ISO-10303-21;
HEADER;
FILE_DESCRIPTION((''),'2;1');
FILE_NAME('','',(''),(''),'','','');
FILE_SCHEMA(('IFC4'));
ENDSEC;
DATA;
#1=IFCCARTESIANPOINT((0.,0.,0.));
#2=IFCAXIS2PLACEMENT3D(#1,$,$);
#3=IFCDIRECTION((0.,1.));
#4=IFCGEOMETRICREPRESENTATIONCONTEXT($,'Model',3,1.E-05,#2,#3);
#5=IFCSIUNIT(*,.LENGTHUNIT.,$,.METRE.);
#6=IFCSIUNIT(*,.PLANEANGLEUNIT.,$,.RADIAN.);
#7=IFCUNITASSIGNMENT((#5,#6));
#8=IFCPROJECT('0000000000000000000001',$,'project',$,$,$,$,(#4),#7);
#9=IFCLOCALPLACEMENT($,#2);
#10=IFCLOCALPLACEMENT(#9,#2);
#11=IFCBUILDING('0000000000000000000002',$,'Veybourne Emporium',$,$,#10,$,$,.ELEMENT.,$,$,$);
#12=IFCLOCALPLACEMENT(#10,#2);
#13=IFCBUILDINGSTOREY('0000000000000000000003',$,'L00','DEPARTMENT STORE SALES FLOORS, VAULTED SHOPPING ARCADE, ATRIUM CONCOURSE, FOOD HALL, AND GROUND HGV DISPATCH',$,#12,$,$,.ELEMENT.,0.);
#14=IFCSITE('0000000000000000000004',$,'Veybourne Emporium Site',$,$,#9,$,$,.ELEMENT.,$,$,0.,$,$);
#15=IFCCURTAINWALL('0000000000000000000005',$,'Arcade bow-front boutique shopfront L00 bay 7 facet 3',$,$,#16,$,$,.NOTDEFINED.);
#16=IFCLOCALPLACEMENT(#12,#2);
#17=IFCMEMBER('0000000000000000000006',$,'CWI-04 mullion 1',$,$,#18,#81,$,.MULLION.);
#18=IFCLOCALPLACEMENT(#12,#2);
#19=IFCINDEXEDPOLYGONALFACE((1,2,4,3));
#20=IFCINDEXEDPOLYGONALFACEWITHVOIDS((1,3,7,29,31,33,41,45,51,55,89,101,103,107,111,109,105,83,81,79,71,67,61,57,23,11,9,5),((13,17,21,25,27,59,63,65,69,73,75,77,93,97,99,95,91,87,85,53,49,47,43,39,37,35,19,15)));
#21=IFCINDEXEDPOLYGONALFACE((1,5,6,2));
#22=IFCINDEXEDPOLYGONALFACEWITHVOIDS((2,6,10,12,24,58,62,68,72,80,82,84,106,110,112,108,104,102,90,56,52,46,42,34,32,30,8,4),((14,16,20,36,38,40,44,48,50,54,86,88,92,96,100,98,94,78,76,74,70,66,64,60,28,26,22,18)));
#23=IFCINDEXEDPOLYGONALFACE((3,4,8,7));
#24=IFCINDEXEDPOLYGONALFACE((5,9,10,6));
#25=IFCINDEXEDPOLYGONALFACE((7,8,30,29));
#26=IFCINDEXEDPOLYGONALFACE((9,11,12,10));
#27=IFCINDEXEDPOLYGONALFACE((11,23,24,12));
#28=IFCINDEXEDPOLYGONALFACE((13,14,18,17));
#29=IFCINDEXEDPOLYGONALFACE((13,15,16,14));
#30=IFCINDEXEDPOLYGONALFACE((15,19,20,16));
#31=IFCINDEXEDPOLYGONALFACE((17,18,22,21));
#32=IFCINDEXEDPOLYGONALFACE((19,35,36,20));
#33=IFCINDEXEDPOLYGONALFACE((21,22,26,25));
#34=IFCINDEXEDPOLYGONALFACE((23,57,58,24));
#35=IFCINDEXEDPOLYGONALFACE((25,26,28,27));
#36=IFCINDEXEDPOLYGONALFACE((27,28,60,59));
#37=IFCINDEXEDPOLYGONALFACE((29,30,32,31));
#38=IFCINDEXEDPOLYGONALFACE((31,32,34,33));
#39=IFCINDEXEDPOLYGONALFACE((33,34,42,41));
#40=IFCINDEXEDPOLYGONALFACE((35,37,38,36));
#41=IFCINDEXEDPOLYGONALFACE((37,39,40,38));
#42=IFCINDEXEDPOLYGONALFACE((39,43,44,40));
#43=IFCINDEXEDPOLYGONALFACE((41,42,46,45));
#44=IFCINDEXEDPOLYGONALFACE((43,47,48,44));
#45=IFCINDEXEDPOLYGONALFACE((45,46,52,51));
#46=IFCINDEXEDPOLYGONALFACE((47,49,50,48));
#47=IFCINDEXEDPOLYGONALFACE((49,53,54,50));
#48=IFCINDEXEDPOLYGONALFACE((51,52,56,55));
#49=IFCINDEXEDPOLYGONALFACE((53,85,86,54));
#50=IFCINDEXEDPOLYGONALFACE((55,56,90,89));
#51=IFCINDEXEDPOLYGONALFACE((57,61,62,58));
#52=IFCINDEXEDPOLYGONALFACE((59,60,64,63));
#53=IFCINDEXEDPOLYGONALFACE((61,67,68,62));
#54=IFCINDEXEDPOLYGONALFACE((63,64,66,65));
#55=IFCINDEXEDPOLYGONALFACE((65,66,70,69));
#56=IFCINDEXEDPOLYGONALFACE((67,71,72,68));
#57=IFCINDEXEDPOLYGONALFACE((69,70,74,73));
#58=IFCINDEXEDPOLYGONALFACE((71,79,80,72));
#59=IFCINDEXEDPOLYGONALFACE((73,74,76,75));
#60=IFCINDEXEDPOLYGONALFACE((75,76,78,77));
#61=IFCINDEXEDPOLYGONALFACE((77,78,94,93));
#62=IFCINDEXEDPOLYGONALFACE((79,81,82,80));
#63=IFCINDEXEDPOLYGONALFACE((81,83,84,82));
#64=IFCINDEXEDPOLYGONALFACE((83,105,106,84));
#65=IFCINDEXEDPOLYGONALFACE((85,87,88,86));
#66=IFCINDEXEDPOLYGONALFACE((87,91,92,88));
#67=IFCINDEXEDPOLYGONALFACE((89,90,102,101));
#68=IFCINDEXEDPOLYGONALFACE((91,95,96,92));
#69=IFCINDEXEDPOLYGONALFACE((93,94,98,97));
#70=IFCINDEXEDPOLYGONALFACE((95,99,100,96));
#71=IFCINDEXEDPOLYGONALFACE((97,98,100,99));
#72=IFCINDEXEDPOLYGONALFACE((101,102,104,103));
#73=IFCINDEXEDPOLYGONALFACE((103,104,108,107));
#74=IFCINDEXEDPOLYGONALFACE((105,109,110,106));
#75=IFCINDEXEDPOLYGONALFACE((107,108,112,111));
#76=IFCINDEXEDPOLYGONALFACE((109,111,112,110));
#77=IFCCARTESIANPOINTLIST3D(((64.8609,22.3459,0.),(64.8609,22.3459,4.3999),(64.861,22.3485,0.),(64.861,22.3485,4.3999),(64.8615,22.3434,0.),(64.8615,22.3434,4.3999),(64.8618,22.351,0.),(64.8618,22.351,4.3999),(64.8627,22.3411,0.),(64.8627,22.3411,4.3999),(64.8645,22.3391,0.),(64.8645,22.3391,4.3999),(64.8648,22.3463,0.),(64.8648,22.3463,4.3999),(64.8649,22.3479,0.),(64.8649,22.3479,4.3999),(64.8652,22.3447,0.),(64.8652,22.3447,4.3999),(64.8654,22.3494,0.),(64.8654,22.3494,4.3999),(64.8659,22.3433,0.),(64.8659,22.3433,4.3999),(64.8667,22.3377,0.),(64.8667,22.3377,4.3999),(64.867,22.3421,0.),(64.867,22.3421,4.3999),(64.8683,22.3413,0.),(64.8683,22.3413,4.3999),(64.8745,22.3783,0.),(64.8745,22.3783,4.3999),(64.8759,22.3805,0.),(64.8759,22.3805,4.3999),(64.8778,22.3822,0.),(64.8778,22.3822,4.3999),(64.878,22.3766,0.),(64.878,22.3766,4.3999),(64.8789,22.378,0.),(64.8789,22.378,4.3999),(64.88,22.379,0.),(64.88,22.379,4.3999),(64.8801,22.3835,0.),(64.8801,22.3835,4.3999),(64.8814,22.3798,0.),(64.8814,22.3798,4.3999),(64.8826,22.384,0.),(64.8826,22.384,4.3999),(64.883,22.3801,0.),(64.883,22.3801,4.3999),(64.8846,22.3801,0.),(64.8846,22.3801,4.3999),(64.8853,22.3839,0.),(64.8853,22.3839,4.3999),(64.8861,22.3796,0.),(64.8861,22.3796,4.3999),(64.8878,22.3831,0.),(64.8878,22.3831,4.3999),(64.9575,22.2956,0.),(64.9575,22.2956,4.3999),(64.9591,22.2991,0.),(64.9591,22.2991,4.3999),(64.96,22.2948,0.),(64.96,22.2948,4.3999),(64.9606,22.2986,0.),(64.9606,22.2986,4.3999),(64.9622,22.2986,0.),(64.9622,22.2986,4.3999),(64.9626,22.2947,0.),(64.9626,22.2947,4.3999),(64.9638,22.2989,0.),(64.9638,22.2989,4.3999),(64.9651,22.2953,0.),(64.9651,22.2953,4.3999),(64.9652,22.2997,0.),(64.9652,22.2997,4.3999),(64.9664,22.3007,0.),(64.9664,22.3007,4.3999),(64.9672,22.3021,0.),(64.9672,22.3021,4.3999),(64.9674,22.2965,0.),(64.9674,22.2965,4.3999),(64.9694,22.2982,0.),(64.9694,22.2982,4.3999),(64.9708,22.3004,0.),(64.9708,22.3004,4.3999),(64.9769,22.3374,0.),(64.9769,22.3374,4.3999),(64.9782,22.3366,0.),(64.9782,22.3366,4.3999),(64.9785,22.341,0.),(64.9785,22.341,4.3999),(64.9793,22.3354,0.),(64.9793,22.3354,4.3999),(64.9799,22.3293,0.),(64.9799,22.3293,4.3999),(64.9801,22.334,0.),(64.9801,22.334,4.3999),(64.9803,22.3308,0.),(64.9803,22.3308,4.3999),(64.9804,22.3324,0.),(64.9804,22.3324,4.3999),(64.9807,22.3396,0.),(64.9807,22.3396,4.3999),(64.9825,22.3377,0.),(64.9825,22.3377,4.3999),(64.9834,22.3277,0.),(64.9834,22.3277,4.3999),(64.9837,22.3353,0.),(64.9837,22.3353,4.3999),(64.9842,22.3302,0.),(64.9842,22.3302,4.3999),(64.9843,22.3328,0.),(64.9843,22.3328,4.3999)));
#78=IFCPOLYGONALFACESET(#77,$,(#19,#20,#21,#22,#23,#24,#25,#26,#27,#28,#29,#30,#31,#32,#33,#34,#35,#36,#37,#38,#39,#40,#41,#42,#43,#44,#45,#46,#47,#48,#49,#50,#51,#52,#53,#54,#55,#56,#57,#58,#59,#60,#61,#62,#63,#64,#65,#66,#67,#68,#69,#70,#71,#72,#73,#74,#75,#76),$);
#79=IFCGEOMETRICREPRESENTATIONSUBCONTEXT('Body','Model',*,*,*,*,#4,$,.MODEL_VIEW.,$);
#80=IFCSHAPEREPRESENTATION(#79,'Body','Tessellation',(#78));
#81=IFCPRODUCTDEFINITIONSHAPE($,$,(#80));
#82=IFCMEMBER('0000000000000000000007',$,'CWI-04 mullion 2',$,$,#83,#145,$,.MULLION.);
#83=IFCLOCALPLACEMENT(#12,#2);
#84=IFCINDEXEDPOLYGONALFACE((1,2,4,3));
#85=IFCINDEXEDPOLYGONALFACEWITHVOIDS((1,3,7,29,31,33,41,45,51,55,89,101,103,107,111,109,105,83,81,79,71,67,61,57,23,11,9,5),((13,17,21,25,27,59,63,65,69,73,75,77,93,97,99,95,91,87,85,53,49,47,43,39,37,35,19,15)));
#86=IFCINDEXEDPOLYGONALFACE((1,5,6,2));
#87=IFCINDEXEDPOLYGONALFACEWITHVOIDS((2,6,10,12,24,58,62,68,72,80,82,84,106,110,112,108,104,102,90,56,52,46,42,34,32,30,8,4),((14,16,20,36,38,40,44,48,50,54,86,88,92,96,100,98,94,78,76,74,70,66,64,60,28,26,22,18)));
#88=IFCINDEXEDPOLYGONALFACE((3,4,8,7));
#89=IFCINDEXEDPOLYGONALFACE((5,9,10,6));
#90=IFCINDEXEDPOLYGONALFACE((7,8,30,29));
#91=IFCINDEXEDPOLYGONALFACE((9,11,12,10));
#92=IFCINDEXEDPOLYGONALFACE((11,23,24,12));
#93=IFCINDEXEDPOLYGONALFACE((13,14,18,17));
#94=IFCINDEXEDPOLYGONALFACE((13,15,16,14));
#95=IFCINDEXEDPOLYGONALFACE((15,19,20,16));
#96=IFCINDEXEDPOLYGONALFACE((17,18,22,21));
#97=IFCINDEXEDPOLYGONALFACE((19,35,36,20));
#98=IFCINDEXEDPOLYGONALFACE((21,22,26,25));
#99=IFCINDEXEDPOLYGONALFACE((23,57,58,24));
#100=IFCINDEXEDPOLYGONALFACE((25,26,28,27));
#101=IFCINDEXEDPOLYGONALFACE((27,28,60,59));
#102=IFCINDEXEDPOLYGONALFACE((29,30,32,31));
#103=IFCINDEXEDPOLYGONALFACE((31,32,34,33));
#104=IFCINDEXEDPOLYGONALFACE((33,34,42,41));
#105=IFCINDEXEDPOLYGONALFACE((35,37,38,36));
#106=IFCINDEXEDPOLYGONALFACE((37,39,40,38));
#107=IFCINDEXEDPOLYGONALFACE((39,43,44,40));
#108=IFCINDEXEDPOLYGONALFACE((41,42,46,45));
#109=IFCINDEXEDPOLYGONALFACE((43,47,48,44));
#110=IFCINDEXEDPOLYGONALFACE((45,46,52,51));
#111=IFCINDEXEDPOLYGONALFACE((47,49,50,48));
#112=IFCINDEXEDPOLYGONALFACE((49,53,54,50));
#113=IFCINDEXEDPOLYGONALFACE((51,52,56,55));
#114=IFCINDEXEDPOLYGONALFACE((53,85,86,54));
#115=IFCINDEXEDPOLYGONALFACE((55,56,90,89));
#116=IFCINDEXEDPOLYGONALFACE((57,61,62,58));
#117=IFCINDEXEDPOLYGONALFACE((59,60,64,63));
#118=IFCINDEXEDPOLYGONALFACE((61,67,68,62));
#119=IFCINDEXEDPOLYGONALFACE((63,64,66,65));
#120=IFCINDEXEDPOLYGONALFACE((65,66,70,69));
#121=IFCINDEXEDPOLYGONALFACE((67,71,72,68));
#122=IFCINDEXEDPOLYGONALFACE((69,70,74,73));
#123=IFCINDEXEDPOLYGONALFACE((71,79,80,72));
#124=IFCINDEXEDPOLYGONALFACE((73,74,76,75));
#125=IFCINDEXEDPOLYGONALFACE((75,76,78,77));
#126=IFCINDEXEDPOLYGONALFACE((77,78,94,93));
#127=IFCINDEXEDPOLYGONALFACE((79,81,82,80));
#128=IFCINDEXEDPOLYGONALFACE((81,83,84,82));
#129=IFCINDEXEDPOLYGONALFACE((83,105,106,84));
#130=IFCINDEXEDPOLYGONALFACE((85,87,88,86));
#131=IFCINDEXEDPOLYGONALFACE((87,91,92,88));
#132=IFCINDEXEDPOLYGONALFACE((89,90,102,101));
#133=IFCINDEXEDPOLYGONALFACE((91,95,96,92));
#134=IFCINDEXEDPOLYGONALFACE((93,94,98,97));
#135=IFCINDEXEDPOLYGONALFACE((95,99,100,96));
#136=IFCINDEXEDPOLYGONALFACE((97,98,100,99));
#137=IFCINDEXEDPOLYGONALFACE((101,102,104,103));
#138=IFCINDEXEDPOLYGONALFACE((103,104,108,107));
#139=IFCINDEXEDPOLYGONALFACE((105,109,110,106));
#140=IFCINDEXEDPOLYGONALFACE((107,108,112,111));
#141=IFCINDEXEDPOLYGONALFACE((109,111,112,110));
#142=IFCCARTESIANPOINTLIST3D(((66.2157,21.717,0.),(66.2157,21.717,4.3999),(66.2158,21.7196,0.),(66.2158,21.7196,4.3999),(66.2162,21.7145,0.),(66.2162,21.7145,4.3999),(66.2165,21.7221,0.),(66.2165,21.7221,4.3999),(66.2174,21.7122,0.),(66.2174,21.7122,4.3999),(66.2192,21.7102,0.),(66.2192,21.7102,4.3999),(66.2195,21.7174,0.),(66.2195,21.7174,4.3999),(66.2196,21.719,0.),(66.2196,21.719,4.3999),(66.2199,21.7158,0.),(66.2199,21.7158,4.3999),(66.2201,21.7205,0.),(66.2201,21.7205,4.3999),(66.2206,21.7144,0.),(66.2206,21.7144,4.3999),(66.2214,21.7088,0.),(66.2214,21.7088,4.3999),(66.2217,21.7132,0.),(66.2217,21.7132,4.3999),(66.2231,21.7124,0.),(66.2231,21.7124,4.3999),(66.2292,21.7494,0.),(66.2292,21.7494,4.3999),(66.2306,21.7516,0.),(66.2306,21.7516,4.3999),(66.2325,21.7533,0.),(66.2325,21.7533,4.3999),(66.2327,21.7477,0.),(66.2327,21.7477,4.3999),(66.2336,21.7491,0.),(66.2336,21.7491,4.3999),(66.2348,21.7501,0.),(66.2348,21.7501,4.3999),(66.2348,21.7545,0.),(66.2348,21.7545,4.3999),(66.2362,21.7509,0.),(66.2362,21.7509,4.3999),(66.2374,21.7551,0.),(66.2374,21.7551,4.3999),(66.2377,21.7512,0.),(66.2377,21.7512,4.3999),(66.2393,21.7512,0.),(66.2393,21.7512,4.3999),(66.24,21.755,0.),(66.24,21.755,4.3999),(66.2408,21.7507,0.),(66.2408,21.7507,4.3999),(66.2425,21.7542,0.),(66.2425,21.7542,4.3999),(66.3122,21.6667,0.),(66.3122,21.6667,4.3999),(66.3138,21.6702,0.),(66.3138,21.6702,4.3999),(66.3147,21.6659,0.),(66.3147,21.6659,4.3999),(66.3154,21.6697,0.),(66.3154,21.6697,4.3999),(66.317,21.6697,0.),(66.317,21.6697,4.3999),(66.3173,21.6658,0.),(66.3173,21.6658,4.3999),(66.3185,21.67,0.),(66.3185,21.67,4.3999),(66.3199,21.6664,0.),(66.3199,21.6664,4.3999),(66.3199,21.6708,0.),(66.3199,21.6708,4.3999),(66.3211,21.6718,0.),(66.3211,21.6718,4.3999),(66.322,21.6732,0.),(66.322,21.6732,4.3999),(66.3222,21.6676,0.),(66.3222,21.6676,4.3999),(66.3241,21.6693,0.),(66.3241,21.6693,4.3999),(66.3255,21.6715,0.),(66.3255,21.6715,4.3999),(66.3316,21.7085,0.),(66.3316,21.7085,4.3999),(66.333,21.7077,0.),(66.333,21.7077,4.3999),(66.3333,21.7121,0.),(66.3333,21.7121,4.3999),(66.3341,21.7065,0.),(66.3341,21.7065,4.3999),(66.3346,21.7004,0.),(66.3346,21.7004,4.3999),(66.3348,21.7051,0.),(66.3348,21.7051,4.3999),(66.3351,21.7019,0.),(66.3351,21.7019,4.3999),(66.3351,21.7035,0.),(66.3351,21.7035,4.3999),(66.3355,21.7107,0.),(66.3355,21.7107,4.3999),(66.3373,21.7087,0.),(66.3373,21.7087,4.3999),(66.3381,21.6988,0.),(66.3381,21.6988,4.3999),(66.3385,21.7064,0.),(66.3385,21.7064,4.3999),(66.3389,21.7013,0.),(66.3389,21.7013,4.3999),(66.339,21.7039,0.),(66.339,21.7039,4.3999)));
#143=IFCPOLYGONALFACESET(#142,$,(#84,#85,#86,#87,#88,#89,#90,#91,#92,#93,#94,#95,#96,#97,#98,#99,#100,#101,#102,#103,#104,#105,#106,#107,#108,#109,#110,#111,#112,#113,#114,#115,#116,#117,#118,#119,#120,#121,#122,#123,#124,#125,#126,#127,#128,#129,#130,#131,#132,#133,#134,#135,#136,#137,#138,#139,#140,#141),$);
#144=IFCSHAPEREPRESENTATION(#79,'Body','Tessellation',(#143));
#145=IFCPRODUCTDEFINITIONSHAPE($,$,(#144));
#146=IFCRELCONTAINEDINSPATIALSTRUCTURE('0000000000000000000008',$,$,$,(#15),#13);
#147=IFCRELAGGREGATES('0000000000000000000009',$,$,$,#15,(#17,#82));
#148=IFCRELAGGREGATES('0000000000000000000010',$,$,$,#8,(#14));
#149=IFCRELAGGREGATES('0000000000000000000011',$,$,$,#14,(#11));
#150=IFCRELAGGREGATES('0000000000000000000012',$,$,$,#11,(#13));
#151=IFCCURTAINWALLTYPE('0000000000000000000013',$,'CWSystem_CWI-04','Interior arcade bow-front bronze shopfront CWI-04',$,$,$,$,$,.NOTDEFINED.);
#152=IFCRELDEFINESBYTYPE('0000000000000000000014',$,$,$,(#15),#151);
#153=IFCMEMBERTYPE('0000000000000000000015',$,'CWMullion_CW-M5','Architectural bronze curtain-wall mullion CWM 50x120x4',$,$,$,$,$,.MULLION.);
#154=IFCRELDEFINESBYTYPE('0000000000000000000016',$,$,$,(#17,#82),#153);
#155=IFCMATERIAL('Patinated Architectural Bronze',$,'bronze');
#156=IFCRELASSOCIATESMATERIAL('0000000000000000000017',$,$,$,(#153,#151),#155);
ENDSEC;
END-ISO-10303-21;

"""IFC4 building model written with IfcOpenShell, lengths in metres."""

from ifc_helpers import new_model, si_unit, direction, frame, origin, origin_2d, place, context, subcontext, project, spatial, hollow_rectangle, extrude, material, material_profile, profile_set, type_object, element, aggregate, save


model = new_model("IFC4")

# Units and contexts
model_context = context("Model", 3, precision=1e-05, world=origin(), true_north=direction((0.0, 1.0)))
body_context = subcontext(model_context, "Body", "Model", "MODEL_VIEW")
ifc_project = project(units=[si_unit("LENGTHUNIT", "METRE"), si_unit("PLANEANGLEUNIT", "RADIAN")], contexts=[model_context])

# Site, building, storey
site_placement = place(None, origin())
site = spatial("IfcSite", under=ifc_project, at=site_placement, Name="Veybourne Emporium Site", CompositionType="ELEMENT", RefElevation=0.0)
building_placement = place(site_placement, origin())
building = spatial("IfcBuilding", under=site, at=building_placement, Name="Veybourne Emporium", CompositionType="ELEMENT")
storey_placement = place(building_placement, origin())
storey = spatial("IfcBuildingStorey", under=building, at=storey_placement, Name="L00", Description="DEPARTMENT STORE SALES FLOORS, VAULTED SHOPPING ARCADE, ATRIUM CONCOURSE, FOOD HALL, AND GROUND HGV DISPATCH", CompositionType="ELEMENT", Elevation=0.0)

# Shared definitions
ifc_material_1 = material(Name="Patinated Architectural Bronze", Category="bronze")
ifc_material_profile_1 = material_profile(ifc_material_1, hollow_rectangle(XDim=0.05, YDim=0.1201, WallThickness=0.0039, InnerFilletRadius=0.0061, OuterFilletRadius=0.01, at=origin_2d()), Name="CWM 50x120x4")
ifc_profile_set_1 = profile_set([ifc_material_profile_1], Name="Patinated Architectural Bronze")
member_type_1 = type_object("IfcMemberType", Name="CWMullion_CW-M5", Description="Architectural bronze curtain-wall mullion CWM 50x120x4", PredefinedType="MULLION", material=ifc_profile_set_1)

# Curtain wall, members
curtain_wall_type_1 = type_object("IfcCurtainWallType", Name="CWSystem_CWI-04", Description="Interior arcade bow-front bronze shopfront CWI-04", PredefinedType="NOTDEFINED", material=ifc_material_1)
curtain_wall_1_placement = place(storey_placement, origin())
curtain_wall_1 = element("IfcCurtainWall", 1, at=curtain_wall_1_placement, inside=storey, type_object=curtain_wall_type_1, Name="Arcade bow-front boutique shopfront L00 bay 7 facet 3", PredefinedType="NOTDEFINED")
member_1_placement = place(storey_placement, frame((64.9226, 22.3394, 0.0), z_axis=(0.0, 0.0, 1.0), x_axis=(0.421111, 0.907009, 0.0)))
member_1 = element("IfcMember", 2, at=member_1_placement, type_object=member_type_1, Name="CWI-04 mullion 1", PredefinedType="MULLION", context=body_context, shape_type="SweptSolid", body=[
    extrude(hollow_rectangle(XDim=0.05, YDim=0.1201, WallThickness=0.0039, InnerFilletRadius=0.0061, OuterFilletRadius=0.01, at=origin_2d()), origin(), (0.0, 0.0, 1.0), 4.3999),
])
member_2_placement = place(storey_placement, frame((66.2773, 21.7104, 0.0), z_axis=(0.0, 0.0, 1.0), x_axis=(0.421111, 0.907009, 0.0)))
member_2 = element("IfcMember", 3, at=member_2_placement, type_object=member_type_1, Name="CWI-04 mullion 2", PredefinedType="MULLION", context=body_context, shape_type="SweptSolid", body=[
    extrude(hollow_rectangle(XDim=0.05, YDim=0.1201, WallThickness=0.0039, InnerFilletRadius=0.0061, OuterFilletRadius=0.01, at=origin_2d()), origin(), (0.0, 0.0, 1.0), 4.3999),
])

aggregate(curtain_wall_1, [member_1, member_2])

save(model, "model.ifc")
